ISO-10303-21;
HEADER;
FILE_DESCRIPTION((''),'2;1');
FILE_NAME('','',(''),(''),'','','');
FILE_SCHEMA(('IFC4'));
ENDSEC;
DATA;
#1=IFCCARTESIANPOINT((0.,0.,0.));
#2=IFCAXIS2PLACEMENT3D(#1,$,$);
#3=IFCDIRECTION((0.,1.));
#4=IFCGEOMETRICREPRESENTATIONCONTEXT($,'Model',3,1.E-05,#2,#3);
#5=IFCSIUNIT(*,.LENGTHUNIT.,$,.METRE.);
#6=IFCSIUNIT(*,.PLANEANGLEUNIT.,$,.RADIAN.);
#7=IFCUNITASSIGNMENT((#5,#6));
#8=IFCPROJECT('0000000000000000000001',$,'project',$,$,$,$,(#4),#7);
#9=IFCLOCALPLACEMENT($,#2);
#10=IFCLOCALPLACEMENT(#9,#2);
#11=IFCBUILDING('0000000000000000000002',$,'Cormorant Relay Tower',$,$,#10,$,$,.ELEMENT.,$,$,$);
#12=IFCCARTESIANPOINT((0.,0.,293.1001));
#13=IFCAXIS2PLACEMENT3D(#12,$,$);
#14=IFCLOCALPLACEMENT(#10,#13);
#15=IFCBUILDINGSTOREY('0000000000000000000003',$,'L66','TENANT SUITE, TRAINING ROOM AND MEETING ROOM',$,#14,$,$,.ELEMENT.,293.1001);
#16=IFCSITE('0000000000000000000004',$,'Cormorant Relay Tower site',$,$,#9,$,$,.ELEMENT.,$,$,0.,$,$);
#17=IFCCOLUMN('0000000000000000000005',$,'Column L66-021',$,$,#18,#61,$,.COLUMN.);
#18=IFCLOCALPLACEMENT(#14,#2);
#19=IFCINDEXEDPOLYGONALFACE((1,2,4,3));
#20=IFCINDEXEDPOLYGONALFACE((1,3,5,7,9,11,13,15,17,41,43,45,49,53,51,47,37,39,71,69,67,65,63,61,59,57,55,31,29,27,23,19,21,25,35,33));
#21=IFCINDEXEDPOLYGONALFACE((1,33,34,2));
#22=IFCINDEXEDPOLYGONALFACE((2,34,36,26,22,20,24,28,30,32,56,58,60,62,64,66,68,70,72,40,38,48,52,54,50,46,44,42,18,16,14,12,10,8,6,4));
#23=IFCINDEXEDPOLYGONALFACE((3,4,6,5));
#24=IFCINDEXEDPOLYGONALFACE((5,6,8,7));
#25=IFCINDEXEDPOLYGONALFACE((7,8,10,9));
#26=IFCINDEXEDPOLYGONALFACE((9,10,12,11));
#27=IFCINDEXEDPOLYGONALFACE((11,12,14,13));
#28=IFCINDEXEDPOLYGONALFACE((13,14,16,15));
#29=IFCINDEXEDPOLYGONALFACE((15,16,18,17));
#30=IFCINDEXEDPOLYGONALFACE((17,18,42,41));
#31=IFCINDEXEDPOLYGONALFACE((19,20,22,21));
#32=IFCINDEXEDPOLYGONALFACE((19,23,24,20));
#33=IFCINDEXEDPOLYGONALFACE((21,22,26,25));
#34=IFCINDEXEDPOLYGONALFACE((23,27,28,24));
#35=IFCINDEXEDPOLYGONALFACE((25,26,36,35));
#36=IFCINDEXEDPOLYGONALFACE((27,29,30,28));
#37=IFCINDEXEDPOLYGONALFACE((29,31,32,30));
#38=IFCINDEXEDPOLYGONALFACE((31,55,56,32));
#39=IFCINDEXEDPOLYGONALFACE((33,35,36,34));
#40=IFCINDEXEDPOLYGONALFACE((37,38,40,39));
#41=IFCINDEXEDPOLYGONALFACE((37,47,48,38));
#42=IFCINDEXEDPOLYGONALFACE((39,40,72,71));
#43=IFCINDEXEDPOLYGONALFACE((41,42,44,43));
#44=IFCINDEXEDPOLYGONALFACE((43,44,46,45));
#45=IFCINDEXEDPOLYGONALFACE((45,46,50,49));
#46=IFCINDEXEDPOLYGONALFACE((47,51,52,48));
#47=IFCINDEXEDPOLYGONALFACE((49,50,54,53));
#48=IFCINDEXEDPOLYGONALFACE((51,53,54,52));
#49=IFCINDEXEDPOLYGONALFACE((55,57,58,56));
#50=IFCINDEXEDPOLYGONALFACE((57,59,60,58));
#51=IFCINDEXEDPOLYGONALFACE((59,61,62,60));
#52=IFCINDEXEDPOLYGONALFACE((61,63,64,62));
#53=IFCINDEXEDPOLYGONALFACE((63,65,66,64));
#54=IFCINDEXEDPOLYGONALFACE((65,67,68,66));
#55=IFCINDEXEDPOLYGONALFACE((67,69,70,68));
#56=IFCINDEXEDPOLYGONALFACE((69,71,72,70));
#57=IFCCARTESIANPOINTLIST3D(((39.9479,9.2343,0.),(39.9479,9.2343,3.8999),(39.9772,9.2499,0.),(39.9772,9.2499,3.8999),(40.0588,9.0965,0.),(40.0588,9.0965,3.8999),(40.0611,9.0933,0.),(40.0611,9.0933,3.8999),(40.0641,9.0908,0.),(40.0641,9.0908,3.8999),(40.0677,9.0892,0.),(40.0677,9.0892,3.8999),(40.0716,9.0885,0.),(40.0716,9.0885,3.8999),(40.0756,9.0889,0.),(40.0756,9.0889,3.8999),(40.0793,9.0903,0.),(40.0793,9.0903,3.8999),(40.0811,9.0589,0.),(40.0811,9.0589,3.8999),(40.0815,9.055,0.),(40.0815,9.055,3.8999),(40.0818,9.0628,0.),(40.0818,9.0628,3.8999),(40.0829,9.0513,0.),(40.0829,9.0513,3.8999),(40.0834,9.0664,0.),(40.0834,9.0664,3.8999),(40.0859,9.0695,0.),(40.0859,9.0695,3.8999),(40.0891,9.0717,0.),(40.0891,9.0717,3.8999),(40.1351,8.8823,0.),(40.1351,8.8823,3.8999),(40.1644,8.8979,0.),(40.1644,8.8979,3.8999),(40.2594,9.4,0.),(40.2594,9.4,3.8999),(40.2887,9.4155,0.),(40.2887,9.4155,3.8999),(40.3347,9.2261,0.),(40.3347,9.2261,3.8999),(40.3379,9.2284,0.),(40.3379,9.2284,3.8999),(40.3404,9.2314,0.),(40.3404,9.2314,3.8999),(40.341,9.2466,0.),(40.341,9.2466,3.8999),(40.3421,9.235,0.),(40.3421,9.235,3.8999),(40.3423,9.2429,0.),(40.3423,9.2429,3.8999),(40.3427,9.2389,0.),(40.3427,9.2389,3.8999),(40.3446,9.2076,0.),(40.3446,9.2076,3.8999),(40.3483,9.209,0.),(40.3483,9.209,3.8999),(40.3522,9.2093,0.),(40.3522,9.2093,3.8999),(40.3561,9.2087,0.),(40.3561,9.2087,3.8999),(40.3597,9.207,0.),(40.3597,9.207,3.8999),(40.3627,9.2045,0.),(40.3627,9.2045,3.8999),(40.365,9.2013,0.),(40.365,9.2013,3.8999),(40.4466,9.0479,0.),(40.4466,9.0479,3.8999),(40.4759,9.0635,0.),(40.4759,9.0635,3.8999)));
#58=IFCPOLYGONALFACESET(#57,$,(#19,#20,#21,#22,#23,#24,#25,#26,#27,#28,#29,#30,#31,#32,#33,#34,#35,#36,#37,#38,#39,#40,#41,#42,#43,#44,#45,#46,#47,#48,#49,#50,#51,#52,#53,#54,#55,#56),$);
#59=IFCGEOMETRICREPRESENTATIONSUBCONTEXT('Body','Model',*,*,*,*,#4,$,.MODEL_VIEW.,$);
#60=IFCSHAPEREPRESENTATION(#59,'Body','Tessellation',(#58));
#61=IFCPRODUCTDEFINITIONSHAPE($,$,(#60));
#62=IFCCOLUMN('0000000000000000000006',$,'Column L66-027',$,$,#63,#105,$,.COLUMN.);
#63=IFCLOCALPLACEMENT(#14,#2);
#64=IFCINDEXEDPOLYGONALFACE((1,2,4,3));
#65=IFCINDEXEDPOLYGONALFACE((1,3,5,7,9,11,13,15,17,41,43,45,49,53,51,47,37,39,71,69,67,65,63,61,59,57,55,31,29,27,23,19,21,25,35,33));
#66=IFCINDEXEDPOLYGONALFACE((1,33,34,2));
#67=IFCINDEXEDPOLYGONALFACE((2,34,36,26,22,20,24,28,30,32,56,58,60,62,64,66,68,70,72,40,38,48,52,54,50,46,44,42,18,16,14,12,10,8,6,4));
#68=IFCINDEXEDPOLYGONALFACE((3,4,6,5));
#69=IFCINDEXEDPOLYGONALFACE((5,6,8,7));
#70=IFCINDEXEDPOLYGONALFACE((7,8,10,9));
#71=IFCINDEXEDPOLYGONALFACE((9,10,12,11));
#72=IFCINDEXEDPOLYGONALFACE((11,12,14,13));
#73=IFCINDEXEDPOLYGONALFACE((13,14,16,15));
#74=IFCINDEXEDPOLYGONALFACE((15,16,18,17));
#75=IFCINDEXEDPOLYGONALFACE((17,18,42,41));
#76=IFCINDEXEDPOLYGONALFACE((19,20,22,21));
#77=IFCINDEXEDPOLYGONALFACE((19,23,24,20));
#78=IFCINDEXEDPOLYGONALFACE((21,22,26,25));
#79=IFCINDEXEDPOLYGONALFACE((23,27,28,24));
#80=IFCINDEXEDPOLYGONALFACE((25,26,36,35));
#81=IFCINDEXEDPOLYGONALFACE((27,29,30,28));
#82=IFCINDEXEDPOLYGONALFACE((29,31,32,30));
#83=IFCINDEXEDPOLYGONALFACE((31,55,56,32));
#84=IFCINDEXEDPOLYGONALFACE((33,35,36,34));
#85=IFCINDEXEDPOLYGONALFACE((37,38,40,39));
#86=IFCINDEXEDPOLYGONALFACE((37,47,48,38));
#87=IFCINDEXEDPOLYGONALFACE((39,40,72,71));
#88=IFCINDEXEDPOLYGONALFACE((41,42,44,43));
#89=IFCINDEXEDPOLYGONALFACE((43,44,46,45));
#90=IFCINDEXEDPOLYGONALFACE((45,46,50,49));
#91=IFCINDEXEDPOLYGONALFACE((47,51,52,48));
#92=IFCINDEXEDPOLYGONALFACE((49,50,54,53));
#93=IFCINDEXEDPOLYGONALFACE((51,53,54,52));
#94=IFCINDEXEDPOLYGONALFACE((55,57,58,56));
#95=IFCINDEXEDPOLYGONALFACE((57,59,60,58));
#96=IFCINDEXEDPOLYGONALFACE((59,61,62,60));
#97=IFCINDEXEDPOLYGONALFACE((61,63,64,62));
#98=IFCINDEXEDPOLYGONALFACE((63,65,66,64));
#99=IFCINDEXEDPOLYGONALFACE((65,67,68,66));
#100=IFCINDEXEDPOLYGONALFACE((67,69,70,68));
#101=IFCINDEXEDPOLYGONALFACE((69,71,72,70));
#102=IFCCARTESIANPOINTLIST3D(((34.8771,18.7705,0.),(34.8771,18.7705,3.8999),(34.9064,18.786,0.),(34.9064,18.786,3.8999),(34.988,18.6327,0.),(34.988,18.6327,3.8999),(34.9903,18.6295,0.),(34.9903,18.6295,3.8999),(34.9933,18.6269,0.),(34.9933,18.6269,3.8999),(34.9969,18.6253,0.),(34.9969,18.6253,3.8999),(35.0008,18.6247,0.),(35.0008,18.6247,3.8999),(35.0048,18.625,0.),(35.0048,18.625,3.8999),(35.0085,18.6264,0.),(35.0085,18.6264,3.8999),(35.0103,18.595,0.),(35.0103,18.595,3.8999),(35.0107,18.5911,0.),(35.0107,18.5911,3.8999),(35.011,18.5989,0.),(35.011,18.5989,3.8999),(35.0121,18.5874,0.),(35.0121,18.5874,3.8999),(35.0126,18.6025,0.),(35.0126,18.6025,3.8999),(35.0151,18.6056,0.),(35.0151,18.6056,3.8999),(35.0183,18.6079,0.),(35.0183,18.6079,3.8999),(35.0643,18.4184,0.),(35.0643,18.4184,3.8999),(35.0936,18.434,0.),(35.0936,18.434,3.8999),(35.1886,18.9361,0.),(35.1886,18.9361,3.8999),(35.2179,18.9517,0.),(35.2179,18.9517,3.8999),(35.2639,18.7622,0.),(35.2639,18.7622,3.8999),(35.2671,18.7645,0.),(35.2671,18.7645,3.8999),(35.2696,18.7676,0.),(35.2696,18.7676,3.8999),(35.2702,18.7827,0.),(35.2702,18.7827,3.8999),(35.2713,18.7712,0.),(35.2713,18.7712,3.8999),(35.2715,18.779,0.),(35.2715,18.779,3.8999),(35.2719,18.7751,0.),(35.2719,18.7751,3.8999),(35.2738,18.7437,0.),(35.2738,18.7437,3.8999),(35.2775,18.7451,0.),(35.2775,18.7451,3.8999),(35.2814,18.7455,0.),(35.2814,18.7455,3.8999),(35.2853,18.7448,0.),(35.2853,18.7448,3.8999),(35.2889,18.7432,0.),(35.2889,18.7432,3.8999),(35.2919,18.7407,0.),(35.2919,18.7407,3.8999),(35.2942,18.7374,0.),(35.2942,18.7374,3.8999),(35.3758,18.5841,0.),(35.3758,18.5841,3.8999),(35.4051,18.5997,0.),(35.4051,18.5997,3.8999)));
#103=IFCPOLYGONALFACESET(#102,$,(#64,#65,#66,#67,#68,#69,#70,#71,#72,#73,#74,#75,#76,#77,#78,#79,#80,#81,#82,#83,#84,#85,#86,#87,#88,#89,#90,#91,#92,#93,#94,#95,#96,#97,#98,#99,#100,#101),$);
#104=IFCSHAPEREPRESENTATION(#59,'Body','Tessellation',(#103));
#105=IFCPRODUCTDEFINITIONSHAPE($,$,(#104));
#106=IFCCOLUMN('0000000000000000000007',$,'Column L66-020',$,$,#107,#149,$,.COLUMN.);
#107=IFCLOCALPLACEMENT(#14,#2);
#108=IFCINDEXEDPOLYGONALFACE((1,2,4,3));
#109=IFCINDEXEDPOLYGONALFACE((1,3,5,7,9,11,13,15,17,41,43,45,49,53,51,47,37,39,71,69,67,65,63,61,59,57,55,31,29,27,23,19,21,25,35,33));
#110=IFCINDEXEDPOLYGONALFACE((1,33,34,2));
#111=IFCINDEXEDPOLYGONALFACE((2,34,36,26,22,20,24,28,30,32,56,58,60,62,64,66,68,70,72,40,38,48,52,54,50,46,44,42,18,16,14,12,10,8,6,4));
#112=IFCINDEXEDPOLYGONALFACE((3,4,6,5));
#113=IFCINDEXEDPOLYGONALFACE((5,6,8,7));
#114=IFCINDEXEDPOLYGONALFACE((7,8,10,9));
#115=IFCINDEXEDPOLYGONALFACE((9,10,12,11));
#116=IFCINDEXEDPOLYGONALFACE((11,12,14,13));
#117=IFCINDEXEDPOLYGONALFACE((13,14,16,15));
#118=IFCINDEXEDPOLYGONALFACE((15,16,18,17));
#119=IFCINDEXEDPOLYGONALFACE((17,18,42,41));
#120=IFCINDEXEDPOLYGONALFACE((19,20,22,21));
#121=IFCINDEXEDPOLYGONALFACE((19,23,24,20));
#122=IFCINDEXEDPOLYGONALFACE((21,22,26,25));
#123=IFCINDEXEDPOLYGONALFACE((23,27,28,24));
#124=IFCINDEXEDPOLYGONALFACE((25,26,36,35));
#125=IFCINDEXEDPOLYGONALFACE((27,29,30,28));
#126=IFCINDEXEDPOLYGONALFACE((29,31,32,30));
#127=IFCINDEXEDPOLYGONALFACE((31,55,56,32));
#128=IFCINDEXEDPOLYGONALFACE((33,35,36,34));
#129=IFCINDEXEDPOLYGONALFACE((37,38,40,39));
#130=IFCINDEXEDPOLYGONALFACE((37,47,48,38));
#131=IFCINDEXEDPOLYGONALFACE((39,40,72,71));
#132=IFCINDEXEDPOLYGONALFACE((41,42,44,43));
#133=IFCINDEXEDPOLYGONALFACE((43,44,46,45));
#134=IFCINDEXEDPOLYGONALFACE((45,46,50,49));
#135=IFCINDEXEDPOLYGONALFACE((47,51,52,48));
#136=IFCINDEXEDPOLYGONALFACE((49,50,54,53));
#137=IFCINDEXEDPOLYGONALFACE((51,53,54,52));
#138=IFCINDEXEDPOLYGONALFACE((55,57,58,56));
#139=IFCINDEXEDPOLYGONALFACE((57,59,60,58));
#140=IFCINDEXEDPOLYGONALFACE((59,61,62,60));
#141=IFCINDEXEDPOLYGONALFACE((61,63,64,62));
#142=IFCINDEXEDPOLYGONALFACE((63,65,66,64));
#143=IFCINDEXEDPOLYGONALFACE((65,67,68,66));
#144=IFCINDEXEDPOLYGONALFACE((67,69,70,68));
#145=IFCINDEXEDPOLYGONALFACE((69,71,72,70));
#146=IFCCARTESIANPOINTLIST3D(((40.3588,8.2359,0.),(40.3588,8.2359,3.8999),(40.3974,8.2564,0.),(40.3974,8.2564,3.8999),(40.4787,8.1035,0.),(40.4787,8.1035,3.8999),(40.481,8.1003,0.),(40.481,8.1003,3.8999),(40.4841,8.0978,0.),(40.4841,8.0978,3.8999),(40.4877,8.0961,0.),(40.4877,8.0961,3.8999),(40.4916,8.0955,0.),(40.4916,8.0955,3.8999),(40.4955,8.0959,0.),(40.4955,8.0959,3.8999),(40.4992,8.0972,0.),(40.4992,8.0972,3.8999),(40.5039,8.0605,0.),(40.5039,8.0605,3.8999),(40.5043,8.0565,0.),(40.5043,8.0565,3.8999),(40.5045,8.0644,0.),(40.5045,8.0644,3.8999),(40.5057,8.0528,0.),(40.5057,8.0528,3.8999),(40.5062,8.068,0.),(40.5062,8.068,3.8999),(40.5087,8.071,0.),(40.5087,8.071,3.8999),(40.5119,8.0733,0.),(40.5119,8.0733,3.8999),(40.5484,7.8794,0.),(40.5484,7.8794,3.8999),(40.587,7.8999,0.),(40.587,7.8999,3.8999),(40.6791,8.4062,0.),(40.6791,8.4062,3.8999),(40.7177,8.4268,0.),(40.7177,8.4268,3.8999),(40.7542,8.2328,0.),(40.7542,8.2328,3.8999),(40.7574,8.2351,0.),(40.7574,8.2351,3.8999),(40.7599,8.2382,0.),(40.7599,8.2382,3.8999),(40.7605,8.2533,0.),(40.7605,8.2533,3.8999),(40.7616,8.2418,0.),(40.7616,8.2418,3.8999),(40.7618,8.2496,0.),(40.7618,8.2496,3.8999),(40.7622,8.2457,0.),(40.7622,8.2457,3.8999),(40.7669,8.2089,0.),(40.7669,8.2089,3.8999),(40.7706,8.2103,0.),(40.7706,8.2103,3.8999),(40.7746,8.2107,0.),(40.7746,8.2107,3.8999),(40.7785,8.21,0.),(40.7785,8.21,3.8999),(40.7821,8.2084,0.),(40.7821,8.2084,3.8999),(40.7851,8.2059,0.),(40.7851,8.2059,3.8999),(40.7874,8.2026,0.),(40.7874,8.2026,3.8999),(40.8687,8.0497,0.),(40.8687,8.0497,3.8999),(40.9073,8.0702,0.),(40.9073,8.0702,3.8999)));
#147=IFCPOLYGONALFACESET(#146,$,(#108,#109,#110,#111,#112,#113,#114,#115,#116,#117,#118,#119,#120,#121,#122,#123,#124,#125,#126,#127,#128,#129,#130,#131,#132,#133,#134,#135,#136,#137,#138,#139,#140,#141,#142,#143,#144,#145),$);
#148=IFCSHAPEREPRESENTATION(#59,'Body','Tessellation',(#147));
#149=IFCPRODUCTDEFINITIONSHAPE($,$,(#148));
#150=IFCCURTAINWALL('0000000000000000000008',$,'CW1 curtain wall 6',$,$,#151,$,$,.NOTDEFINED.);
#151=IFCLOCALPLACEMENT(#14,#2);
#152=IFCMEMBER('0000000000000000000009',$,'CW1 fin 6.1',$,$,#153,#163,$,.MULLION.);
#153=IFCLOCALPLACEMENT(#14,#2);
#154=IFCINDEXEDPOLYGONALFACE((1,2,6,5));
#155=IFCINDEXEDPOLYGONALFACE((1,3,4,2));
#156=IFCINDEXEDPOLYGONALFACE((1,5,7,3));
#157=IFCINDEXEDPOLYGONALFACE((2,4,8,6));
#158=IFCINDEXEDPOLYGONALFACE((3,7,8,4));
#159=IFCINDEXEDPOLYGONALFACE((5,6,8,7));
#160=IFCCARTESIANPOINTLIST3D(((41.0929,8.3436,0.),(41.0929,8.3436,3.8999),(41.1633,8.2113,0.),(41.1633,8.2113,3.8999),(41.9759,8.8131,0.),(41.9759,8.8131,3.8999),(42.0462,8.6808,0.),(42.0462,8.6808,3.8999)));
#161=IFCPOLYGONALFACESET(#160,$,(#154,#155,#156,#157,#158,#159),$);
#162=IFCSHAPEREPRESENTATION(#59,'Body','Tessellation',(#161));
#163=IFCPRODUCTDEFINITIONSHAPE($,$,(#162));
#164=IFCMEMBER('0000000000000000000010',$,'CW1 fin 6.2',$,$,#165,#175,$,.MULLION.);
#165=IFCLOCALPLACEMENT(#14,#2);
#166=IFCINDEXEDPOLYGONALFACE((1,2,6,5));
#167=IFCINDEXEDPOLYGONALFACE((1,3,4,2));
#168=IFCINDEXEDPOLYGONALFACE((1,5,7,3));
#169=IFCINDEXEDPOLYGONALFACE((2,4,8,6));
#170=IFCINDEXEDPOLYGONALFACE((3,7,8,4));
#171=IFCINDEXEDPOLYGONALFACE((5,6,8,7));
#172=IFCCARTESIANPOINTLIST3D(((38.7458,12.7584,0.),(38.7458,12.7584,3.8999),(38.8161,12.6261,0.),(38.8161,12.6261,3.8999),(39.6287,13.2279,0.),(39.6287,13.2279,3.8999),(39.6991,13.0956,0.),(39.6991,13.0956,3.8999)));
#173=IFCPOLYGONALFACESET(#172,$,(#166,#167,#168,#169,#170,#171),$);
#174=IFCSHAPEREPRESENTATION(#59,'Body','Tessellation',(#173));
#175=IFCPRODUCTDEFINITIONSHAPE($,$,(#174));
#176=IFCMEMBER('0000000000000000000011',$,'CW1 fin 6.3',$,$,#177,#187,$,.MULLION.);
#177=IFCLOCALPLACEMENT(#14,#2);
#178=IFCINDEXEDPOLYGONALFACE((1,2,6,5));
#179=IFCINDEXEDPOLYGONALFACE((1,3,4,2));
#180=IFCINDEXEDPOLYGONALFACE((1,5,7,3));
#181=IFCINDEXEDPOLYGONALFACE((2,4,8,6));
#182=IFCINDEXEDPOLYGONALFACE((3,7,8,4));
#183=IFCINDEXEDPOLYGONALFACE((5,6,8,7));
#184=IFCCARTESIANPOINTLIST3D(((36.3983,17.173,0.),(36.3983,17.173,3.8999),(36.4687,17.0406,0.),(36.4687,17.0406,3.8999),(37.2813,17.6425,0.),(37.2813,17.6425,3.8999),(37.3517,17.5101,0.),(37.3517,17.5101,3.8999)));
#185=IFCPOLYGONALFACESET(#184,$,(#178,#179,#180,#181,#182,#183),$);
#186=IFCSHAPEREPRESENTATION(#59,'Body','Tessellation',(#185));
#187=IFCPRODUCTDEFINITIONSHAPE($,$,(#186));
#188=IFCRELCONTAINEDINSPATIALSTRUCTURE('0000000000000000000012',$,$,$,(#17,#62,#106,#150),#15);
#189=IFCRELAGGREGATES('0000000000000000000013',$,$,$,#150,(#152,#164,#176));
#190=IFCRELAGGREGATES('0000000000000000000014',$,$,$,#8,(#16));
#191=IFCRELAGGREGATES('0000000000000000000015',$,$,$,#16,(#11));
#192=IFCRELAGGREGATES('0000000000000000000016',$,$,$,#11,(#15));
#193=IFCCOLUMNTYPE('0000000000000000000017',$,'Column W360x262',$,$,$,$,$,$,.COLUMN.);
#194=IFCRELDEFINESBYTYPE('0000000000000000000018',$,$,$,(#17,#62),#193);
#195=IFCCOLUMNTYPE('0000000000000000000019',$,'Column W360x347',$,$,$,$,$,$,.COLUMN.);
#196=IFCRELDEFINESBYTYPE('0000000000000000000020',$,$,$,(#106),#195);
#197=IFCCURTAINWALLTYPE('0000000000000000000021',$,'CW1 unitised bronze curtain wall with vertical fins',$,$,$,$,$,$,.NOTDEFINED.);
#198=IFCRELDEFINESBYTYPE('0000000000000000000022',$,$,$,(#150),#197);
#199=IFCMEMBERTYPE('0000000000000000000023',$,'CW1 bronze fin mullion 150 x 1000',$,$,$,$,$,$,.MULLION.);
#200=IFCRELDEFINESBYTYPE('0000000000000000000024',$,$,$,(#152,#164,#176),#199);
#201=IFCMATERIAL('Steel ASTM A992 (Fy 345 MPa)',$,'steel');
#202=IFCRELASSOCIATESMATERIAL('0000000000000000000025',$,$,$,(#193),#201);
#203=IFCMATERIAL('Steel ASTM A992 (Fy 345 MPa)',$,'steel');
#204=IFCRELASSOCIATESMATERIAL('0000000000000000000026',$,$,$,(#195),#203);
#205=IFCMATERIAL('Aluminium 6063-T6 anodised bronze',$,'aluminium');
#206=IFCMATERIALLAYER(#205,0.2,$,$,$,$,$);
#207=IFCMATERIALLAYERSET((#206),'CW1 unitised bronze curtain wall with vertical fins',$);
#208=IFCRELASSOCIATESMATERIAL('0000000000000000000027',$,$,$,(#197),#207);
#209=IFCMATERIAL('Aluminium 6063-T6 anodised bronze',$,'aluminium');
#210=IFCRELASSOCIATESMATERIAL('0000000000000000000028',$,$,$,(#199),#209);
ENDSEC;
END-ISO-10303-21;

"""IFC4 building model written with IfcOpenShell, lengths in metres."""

from ifc_helpers import new_model, si_unit, direction, frame, origin, origin_2d, place, context, subcontext, project, spatial, rectangle, i_section, extrude, material, layer, layer_set, material_profile, profile_set, type_object, element, aggregate, save


model = new_model("IFC4")

# Units and contexts
model_context = context("Model", 3, precision=1e-05, world=origin(), true_north=direction((0.0, 1.0)))
body_context = subcontext(model_context, "Body", "Model", "MODEL_VIEW")
ifc_project = project(units=[si_unit("LENGTHUNIT", "METRE"), si_unit("PLANEANGLEUNIT", "RADIAN")], contexts=[model_context])

# Site, building, storey
site_placement = place(None, origin())
site = spatial("IfcSite", under=ifc_project, at=site_placement, Name="Cormorant Relay Tower site", CompositionType="ELEMENT", RefElevation=0.0)
building_placement = place(site_placement, origin())
building = spatial("IfcBuilding", under=site, at=building_placement, Name="Cormorant Relay Tower", CompositionType="ELEMENT")
storey_placement = place(building_placement, frame((0.0, 0.0, 293.1001)))
storey = spatial("IfcBuildingStorey", under=building, at=storey_placement, Name="L66", Description="TENANT SUITE, TRAINING ROOM AND MEETING ROOM", CompositionType="ELEMENT", Elevation=293.1001)

# Columns
ifc_material_1 = material(Name="Steel ASTM A992 (Fy 345 MPa)", Category="steel")
ifc_material_profile_1 = material_profile(ifc_material_1, i_section(OverallWidth=0.3987, OverallDepth=0.386, WebThickness=0.021, FlangeThickness=0.0332, FilletRadius=0.0151, at=origin_2d()), Name="W360x262")
ifc_profile_set_1 = profile_set([ifc_material_profile_1], Name="Steel ASTM A992 (Fy 345 MPa)")
column_type_1 = type_object("IfcColumnType", Name="Column W360x262", PredefinedType="COLUMN", material=ifc_profile_set_1)
for number, where, z_axis, x_axis, name in (
    (1, (40.2119, 9.1489, 0.0), (0.0, 0.0, 1.0), (-0.469472, 0.882948, 0.0), "Column L66-021"),
    (2, (35.1411, 18.6851, 0.0), (0.0, 0.0, 1.0), (-0.469472, 0.882948, 0.0), "Column L66-027"),
):
    element("IfcColumn", number, at=place(storey_placement, frame(where, z_axis=z_axis, x_axis=x_axis)), inside=storey, type_object=column_type_1, Name=name, PredefinedType="COLUMN", context=body_context, shape_type="SweptSolid", body=[
        extrude(i_section(OverallWidth=0.3987, OverallDepth=0.386, WebThickness=0.021, FlangeThickness=0.0332, FilletRadius=0.0151, at=origin_2d()), origin(), (0.0, 0.0, 1.0), 3.8999),
    ])
ifc_material_2 = material(Name="Steel ASTM A992 (Fy 345 MPa)", Category="steel")
ifc_material_profile_2 = material_profile(ifc_material_2, i_section(OverallWidth=0.4038, OverallDepth=0.4065, WebThickness=0.0271, FlangeThickness=0.0437, FilletRadius=0.0151, at=origin_2d()), Name="W360x347")
ifc_profile_set_2 = profile_set([ifc_material_profile_2], Name="Steel ASTM A992 (Fy 345 MPa)")
column_type_2 = type_object("IfcColumnType", Name="Column W360x347", PredefinedType="COLUMN", material=ifc_profile_set_2)
column_placement = place(storey_placement, frame((40.6331, 8.1531, 0.0), z_axis=(0.0, 0.0, 1.0), x_axis=(-0.469472, 0.882948, 0.0)))
element("IfcColumn", 3, at=column_placement, inside=storey, type_object=column_type_2, Name="Column L66-020", PredefinedType="COLUMN", context=body_context, shape_type="SweptSolid", body=[
    extrude(i_section(OverallWidth=0.4038, OverallDepth=0.4065, WebThickness=0.0271, FlangeThickness=0.0437, FilletRadius=0.0151, at=origin_2d()), origin(), (0.0, 0.0, 1.0), 3.8999),
])

# Curtain wall, members
ifc_material_3 = material(Name="Aluminium 6063-T6 anodised bronze", Category="aluminium")
ifc_layer_1 = layer(ifc_material_3, 0.2)
ifc_layer_set_1 = layer_set([ifc_layer_1], Name="CW1 unitised bronze curtain wall with vertical fins")
curtain_wall_type = type_object("IfcCurtainWallType", Name="CW1 unitised bronze curtain wall with vertical fins", PredefinedType="NOTDEFINED", material=ifc_layer_set_1)
curtain_wall_1_placement = place(storey_placement, origin())
curtain_wall_1 = element("IfcCurtainWall", 4, at=curtain_wall_1_placement, inside=storey, type_object=curtain_wall_type, Name="CW1 curtain wall 6", PredefinedType="NOTDEFINED")
ifc_material_4 = material(Name="Aluminium 6063-T6 anodised bronze", Category="aluminium")
ifc_material_profile_3 = material_profile(ifc_material_4, rectangle(XDim=0.1499, YDim=1.0, at=origin_2d()), Name="AL 150x1000")
ifc_profile_set_3 = profile_set([ifc_material_profile_3], Name="Aluminium 6063-T6 anodised bronze")
member_type_1 = type_object("IfcMemberType", Name="CW1 bronze fin mullion 150 x 1000", PredefinedType="MULLION", material=ifc_profile_set_3)
member_1_placement = place(storey_placement, frame((41.5696, 8.5122, 0.0), z_axis=(0.0, 0.0, 1.0), x_axis=(-0.469472, 0.882948, 0.0)))
member_1 = element("IfcMember", 5, at=member_1_placement, type_object=member_type_1, Name="CW1 fin 6.1", PredefinedType="MULLION", context=body_context, shape_type="SweptSolid", body=[
    extrude(rectangle(XDim=0.1499, YDim=1.0, at=origin_2d()), origin(), (0.0, 0.0, 1.0), 3.8999),
])
member_2_placement = place(storey_placement, frame((39.2224, 12.927, 0.0), z_axis=(0.0, 0.0, 1.0), x_axis=(-0.469472, 0.882948, 0.0)))
member_2 = element("IfcMember", 6, at=member_2_placement, type_object=member_type_1, Name="CW1 fin 6.2", PredefinedType="MULLION", context=body_context, shape_type="SweptSolid", body=[
    extrude(rectangle(XDim=0.1499, YDim=1.0, at=origin_2d()), origin(), (0.0, 0.0, 1.0), 3.8999),
])
member_3_placement = place(storey_placement, frame((36.875, 17.3416, 0.0), z_axis=(0.0, 0.0, 1.0), x_axis=(-0.469472, 0.882948, 0.0)))
member_3 = element("IfcMember", 7, at=member_3_placement, type_object=member_type_1, Name="CW1 fin 6.3", PredefinedType="MULLION", context=body_context, shape_type="SweptSolid", body=[
    extrude(rectangle(XDim=0.1499, YDim=1.0, at=origin_2d()), origin(), (0.0, 0.0, 1.0), 3.8999),
])

aggregate(curtain_wall_1, [member_1, member_2, member_3])

save(model, "model.ifc")
